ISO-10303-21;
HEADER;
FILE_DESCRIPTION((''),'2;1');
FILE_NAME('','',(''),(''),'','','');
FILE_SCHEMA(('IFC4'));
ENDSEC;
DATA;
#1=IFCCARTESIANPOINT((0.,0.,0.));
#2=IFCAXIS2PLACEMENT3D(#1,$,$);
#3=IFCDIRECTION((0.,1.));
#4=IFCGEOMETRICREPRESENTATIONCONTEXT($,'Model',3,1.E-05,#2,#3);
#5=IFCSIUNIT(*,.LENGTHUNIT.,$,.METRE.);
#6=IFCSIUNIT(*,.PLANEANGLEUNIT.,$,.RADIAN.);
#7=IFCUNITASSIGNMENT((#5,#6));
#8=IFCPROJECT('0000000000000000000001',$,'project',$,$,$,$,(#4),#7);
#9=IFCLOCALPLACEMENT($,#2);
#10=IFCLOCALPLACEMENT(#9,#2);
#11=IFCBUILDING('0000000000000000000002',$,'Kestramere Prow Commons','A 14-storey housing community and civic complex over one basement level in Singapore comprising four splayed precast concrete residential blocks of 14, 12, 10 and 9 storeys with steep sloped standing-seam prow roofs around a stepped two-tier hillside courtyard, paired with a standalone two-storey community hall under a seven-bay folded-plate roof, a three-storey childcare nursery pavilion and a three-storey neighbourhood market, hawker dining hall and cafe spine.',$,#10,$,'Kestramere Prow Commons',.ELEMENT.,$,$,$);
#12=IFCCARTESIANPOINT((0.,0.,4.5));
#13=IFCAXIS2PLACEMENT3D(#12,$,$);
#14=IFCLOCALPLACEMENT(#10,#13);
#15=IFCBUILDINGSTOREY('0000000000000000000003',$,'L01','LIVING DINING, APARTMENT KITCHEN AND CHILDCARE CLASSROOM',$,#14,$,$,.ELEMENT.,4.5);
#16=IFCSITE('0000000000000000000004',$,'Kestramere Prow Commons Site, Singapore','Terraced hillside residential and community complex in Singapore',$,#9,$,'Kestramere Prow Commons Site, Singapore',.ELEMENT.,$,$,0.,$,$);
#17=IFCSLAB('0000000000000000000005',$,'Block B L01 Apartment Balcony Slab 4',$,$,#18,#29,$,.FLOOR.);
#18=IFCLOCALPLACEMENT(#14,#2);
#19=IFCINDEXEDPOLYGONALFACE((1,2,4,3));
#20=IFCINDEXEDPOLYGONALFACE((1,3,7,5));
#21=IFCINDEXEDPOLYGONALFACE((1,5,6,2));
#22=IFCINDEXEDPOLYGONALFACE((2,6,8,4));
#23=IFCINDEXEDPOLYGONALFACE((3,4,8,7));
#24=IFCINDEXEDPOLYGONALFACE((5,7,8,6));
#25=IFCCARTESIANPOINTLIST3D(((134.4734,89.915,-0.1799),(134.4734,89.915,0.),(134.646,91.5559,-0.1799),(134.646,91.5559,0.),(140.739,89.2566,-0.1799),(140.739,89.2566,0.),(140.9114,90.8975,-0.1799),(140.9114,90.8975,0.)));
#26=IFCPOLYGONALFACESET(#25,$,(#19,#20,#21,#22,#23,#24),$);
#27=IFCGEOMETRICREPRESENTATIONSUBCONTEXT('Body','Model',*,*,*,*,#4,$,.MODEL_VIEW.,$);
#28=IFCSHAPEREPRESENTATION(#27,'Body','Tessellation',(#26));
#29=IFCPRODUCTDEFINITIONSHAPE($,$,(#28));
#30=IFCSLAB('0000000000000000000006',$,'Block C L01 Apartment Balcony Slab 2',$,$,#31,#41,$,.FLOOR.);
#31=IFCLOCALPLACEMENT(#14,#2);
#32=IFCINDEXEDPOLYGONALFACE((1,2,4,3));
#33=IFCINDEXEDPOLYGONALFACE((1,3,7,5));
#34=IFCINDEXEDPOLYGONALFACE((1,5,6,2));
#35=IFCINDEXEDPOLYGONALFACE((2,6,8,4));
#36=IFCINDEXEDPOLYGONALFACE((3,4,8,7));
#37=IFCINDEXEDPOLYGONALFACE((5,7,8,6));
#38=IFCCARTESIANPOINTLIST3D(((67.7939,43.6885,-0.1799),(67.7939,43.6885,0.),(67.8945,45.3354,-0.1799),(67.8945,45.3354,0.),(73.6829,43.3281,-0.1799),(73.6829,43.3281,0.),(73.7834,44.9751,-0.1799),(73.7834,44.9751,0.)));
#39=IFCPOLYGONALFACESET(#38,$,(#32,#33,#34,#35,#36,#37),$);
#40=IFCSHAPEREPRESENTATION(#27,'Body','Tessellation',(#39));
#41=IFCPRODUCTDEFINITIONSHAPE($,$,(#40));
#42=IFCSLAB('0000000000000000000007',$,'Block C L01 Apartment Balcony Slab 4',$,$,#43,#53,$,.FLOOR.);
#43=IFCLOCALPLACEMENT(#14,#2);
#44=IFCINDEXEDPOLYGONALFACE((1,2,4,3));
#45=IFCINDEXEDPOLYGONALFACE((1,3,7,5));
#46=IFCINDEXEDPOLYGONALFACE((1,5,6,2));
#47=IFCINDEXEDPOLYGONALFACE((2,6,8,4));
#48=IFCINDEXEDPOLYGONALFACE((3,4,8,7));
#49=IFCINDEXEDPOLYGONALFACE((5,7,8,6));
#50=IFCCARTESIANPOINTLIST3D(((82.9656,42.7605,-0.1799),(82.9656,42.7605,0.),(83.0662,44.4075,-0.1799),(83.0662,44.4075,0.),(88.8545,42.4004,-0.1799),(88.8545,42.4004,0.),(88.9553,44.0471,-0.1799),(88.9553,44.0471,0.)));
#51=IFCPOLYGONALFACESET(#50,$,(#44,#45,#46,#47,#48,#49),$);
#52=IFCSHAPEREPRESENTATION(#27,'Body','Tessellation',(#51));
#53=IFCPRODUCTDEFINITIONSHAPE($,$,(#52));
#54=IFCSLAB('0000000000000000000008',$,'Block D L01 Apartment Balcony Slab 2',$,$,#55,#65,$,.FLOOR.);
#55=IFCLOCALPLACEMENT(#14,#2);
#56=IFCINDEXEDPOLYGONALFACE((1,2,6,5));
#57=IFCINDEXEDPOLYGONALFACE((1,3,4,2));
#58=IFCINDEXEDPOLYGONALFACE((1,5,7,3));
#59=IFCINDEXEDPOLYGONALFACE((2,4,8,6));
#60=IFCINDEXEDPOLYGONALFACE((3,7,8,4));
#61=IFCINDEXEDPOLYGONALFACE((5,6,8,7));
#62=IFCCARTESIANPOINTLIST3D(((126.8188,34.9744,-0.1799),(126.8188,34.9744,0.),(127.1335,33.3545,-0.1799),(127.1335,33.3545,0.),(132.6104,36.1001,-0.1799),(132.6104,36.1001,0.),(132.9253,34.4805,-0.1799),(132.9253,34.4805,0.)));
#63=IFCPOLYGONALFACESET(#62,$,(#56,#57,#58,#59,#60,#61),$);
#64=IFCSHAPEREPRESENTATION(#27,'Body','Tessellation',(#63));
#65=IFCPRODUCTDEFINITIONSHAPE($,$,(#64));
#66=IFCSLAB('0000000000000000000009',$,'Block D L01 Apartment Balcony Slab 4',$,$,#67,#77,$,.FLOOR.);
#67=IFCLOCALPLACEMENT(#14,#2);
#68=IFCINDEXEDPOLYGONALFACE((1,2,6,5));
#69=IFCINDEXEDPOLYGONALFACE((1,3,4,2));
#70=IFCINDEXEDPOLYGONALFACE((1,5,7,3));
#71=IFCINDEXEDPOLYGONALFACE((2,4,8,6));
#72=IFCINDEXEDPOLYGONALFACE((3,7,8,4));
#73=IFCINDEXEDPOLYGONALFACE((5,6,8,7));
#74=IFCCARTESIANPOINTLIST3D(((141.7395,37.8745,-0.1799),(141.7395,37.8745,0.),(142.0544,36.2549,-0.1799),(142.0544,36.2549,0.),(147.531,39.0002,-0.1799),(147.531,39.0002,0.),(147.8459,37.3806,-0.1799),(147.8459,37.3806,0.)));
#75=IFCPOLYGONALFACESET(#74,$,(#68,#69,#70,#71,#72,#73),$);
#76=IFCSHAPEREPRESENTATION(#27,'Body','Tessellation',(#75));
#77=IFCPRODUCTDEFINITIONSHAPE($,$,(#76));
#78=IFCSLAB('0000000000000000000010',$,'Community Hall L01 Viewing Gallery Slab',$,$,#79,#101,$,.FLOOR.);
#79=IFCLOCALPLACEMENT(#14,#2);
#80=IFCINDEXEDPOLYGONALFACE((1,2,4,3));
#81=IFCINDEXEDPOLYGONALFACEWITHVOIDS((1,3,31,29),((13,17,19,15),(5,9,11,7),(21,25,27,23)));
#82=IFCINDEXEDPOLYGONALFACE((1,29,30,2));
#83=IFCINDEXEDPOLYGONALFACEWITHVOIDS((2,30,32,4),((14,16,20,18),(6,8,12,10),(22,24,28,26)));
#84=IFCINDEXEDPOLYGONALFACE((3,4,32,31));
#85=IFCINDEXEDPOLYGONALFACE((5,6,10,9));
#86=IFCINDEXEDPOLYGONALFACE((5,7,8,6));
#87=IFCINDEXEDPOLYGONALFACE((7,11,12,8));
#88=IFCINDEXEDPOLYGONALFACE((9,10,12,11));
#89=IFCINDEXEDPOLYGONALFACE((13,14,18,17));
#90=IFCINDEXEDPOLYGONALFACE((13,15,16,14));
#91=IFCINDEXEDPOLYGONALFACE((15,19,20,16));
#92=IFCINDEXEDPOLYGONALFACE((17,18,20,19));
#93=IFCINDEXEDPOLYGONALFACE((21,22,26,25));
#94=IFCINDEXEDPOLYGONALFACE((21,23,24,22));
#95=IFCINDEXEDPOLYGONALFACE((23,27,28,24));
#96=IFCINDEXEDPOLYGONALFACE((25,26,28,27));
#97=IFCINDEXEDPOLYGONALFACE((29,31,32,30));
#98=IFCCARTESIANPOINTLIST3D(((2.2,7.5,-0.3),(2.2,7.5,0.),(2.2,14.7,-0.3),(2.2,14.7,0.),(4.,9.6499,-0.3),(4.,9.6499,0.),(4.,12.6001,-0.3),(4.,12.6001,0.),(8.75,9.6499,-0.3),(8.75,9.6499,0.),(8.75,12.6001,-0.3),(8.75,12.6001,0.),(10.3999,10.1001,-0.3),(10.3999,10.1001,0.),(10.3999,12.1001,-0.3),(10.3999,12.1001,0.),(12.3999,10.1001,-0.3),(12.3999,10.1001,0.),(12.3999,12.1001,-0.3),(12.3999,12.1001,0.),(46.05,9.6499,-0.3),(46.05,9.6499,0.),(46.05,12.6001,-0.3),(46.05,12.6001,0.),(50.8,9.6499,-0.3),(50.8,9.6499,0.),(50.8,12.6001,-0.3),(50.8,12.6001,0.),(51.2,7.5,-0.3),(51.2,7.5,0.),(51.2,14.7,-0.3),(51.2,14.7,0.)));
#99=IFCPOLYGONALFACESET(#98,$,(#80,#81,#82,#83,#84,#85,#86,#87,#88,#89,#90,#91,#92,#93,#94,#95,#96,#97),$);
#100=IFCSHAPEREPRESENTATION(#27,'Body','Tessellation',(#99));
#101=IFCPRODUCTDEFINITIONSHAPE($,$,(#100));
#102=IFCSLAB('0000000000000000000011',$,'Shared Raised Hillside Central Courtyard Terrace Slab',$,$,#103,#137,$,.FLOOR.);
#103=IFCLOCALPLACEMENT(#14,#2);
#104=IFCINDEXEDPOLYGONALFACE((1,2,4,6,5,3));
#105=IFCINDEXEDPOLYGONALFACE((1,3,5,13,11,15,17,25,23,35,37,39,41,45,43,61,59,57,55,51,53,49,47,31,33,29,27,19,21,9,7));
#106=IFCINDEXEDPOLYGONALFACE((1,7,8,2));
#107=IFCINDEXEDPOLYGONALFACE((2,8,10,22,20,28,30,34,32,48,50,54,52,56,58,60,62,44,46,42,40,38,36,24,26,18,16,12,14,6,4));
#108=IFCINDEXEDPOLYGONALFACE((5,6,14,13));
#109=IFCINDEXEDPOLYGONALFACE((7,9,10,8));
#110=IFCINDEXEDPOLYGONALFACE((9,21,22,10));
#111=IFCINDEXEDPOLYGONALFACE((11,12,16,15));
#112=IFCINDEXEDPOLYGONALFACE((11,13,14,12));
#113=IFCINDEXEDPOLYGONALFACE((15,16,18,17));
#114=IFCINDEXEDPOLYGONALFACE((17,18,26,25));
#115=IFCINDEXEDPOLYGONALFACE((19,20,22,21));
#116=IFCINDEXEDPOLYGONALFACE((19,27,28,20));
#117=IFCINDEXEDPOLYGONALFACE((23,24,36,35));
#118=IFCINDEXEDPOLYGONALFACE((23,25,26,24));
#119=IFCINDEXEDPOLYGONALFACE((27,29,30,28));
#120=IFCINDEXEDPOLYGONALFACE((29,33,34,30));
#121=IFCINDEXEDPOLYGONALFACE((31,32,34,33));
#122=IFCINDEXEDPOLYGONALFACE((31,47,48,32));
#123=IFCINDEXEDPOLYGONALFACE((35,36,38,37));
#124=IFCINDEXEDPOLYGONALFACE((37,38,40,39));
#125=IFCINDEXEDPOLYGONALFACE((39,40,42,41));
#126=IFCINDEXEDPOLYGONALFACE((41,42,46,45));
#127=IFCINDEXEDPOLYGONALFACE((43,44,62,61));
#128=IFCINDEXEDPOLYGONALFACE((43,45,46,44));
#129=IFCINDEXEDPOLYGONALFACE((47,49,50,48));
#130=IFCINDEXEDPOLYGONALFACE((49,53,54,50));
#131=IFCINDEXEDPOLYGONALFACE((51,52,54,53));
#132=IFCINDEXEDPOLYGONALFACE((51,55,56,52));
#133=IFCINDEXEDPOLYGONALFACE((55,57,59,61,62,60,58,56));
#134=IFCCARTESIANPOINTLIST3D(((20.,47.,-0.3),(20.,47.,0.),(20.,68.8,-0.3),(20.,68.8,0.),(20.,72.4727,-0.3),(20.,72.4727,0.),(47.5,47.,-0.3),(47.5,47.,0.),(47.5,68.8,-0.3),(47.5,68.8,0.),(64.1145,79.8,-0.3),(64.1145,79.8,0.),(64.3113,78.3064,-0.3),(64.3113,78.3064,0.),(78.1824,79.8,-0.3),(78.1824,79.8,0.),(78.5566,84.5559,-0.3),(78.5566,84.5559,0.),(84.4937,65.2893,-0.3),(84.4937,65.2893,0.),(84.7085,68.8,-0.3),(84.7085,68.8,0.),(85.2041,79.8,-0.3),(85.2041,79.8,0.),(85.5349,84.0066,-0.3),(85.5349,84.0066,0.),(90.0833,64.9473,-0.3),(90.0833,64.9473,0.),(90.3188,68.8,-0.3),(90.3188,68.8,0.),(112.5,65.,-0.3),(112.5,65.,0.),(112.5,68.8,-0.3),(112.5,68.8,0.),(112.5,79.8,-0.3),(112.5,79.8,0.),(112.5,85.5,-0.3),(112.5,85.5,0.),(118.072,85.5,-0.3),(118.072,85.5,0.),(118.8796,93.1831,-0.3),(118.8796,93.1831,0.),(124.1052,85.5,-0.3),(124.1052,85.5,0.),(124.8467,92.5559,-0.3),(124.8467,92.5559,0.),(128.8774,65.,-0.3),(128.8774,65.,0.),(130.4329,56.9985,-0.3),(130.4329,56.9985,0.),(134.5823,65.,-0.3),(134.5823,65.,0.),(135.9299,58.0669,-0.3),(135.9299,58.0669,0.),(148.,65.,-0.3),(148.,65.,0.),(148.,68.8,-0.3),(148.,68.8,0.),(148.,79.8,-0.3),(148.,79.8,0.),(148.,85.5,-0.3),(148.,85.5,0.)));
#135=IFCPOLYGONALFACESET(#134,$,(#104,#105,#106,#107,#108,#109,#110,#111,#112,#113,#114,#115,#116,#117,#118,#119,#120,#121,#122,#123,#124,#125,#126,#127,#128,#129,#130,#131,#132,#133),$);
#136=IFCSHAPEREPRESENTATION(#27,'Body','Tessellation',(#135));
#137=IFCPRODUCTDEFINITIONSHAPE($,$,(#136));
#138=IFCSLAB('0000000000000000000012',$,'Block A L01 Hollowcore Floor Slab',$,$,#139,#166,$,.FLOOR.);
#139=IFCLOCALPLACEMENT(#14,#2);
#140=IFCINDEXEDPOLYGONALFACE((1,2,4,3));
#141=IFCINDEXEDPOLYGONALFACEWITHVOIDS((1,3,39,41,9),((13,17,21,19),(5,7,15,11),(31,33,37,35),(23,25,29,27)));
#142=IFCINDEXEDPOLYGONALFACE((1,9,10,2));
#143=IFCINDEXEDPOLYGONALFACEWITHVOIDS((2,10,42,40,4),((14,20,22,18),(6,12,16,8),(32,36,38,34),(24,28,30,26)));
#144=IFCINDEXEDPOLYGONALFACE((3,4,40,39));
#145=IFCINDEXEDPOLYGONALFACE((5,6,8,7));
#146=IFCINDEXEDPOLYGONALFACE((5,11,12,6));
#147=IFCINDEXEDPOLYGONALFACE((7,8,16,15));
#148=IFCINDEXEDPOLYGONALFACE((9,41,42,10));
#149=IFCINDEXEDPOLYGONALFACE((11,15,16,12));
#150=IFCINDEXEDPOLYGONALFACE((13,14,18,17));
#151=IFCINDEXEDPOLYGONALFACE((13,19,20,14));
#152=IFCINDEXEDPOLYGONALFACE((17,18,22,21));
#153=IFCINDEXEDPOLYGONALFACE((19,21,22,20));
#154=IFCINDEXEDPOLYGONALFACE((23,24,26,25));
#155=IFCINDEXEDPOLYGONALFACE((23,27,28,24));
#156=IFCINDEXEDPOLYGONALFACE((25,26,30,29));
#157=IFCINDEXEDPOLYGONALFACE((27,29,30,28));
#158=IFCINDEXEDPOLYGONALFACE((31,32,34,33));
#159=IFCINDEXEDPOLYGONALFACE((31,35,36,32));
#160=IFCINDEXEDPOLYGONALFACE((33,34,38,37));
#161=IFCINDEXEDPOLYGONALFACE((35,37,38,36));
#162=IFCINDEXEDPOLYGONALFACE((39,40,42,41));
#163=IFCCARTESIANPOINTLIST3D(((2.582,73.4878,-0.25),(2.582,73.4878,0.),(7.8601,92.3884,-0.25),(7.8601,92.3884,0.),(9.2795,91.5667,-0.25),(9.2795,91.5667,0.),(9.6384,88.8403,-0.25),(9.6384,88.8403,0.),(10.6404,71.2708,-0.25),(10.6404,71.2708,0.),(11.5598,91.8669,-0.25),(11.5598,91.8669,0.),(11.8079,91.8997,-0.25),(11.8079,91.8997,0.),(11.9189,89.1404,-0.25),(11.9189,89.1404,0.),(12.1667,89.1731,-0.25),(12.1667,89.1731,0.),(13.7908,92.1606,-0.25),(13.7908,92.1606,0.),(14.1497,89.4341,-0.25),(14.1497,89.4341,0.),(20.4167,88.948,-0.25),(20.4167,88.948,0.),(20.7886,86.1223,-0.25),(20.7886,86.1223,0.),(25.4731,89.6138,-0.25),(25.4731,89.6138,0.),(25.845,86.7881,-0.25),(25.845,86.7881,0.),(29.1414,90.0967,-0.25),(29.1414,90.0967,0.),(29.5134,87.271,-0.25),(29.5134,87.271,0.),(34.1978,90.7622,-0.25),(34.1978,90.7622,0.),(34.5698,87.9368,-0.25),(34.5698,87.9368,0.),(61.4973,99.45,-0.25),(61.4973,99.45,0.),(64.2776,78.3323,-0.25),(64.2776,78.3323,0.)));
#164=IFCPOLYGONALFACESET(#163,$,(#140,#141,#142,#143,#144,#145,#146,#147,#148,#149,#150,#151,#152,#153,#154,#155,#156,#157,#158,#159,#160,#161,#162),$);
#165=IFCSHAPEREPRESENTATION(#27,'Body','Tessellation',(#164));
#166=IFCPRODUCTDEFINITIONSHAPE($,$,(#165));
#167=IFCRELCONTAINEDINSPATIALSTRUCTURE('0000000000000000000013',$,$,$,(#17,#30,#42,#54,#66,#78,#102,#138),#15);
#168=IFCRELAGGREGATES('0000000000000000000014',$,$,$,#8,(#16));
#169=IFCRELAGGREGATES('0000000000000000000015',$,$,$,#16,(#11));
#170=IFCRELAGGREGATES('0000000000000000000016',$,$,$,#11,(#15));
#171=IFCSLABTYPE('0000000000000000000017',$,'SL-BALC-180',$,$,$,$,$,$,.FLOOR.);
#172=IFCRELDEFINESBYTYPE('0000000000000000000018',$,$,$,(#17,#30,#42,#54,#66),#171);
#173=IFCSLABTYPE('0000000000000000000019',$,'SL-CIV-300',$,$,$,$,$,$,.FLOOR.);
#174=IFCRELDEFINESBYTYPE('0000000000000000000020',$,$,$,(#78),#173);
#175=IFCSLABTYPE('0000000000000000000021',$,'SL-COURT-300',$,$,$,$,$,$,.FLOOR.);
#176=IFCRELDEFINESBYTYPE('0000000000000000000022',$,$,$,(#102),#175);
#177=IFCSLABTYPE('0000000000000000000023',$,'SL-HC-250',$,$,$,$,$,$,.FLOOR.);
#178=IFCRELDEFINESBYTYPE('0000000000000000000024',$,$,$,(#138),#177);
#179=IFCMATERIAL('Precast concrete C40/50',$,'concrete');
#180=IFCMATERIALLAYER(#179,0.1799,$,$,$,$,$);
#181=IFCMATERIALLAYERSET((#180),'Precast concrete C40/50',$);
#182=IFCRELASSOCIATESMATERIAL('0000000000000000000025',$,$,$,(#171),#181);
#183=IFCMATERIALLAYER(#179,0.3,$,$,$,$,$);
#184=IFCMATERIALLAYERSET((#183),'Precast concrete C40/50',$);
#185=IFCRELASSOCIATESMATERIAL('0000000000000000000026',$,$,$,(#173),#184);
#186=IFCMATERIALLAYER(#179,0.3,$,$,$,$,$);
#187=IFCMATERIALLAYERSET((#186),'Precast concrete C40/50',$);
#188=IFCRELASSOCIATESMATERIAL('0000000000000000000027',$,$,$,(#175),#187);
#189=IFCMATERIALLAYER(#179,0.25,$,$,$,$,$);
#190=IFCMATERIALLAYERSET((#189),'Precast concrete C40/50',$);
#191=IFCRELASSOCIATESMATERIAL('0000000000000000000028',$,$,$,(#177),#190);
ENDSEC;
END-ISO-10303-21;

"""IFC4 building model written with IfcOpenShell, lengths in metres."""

from ifc_helpers import new_model, si_unit, direction, frame, origin, place, context, subcontext, project, spatial, polyline, outline, extrude, material, layer, layer_set, type_object, element, save


model = new_model("IFC4")

# Units and contexts
model_context = context("Model", 3, precision=1e-05, world=origin(), true_north=direction((0.0, 1.0)))
body_context = subcontext(model_context, "Body", "Model", "MODEL_VIEW")
ifc_project = project(units=[si_unit("LENGTHUNIT", "METRE"), si_unit("PLANEANGLEUNIT", "RADIAN")], contexts=[model_context])

# Site, building, storey
site_placement = place(None, origin())
site = spatial("IfcSite", under=ifc_project, at=site_placement, Name="Kestramere Prow Commons Site, Singapore", Description="Terraced hillside residential and community complex in Singapore", LongName="Kestramere Prow Commons Site, Singapore", CompositionType="ELEMENT", RefElevation=0.0)
building_placement = place(site_placement, origin())
building = spatial("IfcBuilding", under=site, at=building_placement, Name="Kestramere Prow Commons", Description="A 14-storey housing community and civic complex over one basement level in Singapore comprising four splayed precast concrete residential blocks of 14, 12, 10 and 9 storeys with steep sloped standing-seam prow roofs around a stepped two-tier hillside courtyard, paired with a standalone two-storey community hall under a seven-bay folded-plate roof, a three-storey childcare nursery pavilion and a three-storey neighbourhood market, hawker dining hall and cafe spine.", LongName="Kestramere Prow Commons", CompositionType="ELEMENT")
storey_placement = place(building_placement, frame((0.0, 0.0, 4.5)))
storey = spatial("IfcBuildingStorey", under=building, at=storey_placement, Name="L01", Description="LIVING DINING, APARTMENT KITCHEN AND CHILDCARE CLASSROOM", CompositionType="ELEMENT", Elevation=4.5)

# Slabs
ifc_material_1 = material(Name="Precast concrete C40/50", Category="concrete")
ifc_layer_1 = layer(ifc_material_1, 0.1799)
ifc_layer_set_1 = layer_set([ifc_layer_1], Name="Precast concrete C40/50")
slab_type_1 = type_object("IfcSlabType", Name="SL-BALC-180", PredefinedType="FLOOR", material=ifc_layer_set_1)
slab_1_placement = place(storey_placement, frame((0.0, 0.0, -0.1799)))
element("IfcSlab", 1, at=slab_1_placement, inside=storey, type_object=slab_type_1, Name="Block B L01 Apartment Balcony Slab 4", PredefinedType="FLOOR", context=body_context, shape_type="SweptSolid", body=[
    extrude(outline(polyline([(134.4734, 89.915), (140.739, 89.2566), (140.9114, 90.8975), (134.646, 91.5559), (134.4734, 89.915)])), origin(), (0.0, 0.0, 1.0), 0.1799),
])
slab_2_placement = place(storey_placement, frame((0.0, 0.0, -0.1799)))
element("IfcSlab", 2, at=slab_2_placement, inside=storey, type_object=slab_type_1, Name="Block C L01 Apartment Balcony Slab 2", PredefinedType="FLOOR", context=body_context, shape_type="SweptSolid", body=[
    extrude(outline(polyline([(67.7939, 43.6885), (73.6829, 43.3281), (73.7834, 44.9751), (67.8945, 45.3354), (67.7939, 43.6885)])), origin(), (0.0, 0.0, 1.0), 0.1799),
])
slab_3_placement = place(storey_placement, frame((0.0, 0.0, -0.1799)))
element("IfcSlab", 3, at=slab_3_placement, inside=storey, type_object=slab_type_1, Name="Block C L01 Apartment Balcony Slab 4", PredefinedType="FLOOR", context=body_context, shape_type="SweptSolid", body=[
    extrude(outline(polyline([(82.9656, 42.7605), (88.8545, 42.4004), (88.9553, 44.0471), (83.0662, 44.4075), (82.9656, 42.7605)])), origin(), (0.0, 0.0, 1.0), 0.1799),
])
slab_4_placement = place(storey_placement, frame((0.0, 0.0, -0.1799)))
element("IfcSlab", 4, at=slab_4_placement, inside=storey, type_object=slab_type_1, Name="Block D L01 Apartment Balcony Slab 2", PredefinedType="FLOOR", context=body_context, shape_type="SweptSolid", body=[
    extrude(outline(polyline([(127.1335, 33.3545), (132.9253, 34.4805), (132.6104, 36.1001), (126.8188, 34.9744), (127.1335, 33.3545)])), origin(), (0.0, 0.0, 1.0), 0.1799),
])
slab_5_placement = place(storey_placement, frame((0.0, 0.0, -0.1799)))
element("IfcSlab", 5, at=slab_5_placement, inside=storey, type_object=slab_type_1, Name="Block D L01 Apartment Balcony Slab 4", PredefinedType="FLOOR", context=body_context, shape_type="SweptSolid", body=[
    extrude(outline(polyline([(142.0544, 36.2549), (147.8459, 37.3806), (147.531, 39.0002), (141.7395, 37.8745), (142.0544, 36.2549)])), origin(), (0.0, 0.0, 1.0), 0.1799),
])
ifc_layer_2 = layer(ifc_material_1, 0.3)
ifc_layer_set_2 = layer_set([ifc_layer_2], Name="Precast concrete C40/50")
slab_type_2 = type_object("IfcSlabType", Name="SL-CIV-300", PredefinedType="FLOOR", material=ifc_layer_set_2)
slab_6_placement = place(storey_placement, frame((0.0, 0.0, -0.3)))
element("IfcSlab", 6, at=slab_6_placement, inside=storey, type_object=slab_type_2, Name="Community Hall L01 Viewing Gallery Slab", PredefinedType="FLOOR", context=body_context, shape_type="SweptSolid", body=[
    extrude(outline(polyline([(2.2, 7.5), (51.2, 7.5), (51.2, 14.7), (2.2, 14.7), (2.2, 7.5)]), holes=[polyline([(10.3999, 10.1001), (12.3999, 10.1001), (12.3999, 12.1001), (10.3999, 12.1001), (10.3999, 10.1001)]), polyline([(4.0, 9.6499), (8.75, 9.6499), (8.75, 12.6001), (4.0, 12.6001), (4.0, 9.6499)]), polyline([(46.05, 9.6499), (50.8, 9.6499), (50.8, 12.6001), (46.05, 12.6001), (46.05, 9.6499)])]), origin(), (0.0, 0.0, 1.0), 0.3),
])
ifc_layer_3 = layer(ifc_material_1, 0.3)
ifc_layer_set_3 = layer_set([ifc_layer_3], Name="Precast concrete C40/50")
slab_type_3 = type_object("IfcSlabType", Name="SL-COURT-300", PredefinedType="FLOOR", material=ifc_layer_set_3)
slab_7_placement = place(storey_placement, frame((0.0, 0.0, -0.3)))
element("IfcSlab", 7, at=slab_7_placement, inside=storey, type_object=slab_type_3, Name="Shared Raised Hillside Central Courtyard Terrace Slab", PredefinedType="FLOOR", context=body_context, shape_type="SweptSolid", body=[
    extrude(outline(polyline([(128.8774, 65.0), (112.5, 65.0), (112.5, 68.8), (90.3188, 68.8), (90.0833, 64.9473), (84.4937, 65.2893), (84.7085, 68.8), (47.5, 68.8), (47.5, 47.0), (20.0, 47.0), (20.0, 68.8), (20.0, 72.4727), (64.3113, 78.3064), (64.1145, 79.8), (78.1824, 79.8), (78.5566, 84.5559), (85.5349, 84.0066), (85.2041, 79.8), (112.5, 79.8), (112.5, 85.5), (118.072, 85.5), (118.8796, 93.1831), (124.8467, 92.5559), (124.1052, 85.5), (148.0, 85.5), (148.0, 79.8), (148.0, 68.8), (148.0, 65.0), (134.5823, 65.0), (135.9299, 58.0669), (130.4329, 56.9985), (128.8774, 65.0)])), origin(), (0.0, 0.0, 1.0), 0.3),
])
ifc_layer_4 = layer(ifc_material_1, 0.25)
ifc_layer_set_4 = layer_set([ifc_layer_4], Name="Precast concrete C40/50")
slab_type_4 = type_object("IfcSlabType", Name="SL-HC-250", PredefinedType="FLOOR", material=ifc_layer_set_4)
slab_8_placement = place(storey_placement, frame((0.0, 0.0, -0.25)))
element("IfcSlab", 8, at=slab_8_placement, inside=storey, type_object=slab_type_4, Name="Block A L01 Hollowcore Floor Slab", PredefinedType="FLOOR", context=body_context, shape_type="SweptSolid", body=[
    extrude(outline(polyline([(2.582, 73.4878), (10.6404, 71.2708), (64.2776, 78.3323), (61.4973, 99.45), (7.8601, 92.3884), (2.582, 73.4878)]), holes=[polyline([(9.6384, 88.8403), (11.9189, 89.1404), (11.5598, 91.8669), (9.2795, 91.5667), (9.6384, 88.8403)]), polyline([(12.1667, 89.1731), (14.1497, 89.4341), (13.7908, 92.1606), (11.8079, 91.8997), (12.1667, 89.1731)]), polyline([(20.7886, 86.1223), (25.845, 86.7881), (25.4731, 89.6138), (20.4167, 88.948), (20.7886, 86.1223)]), polyline([(29.5134, 87.271), (34.5698, 87.9368), (34.1978, 90.7622), (29.1414, 90.0967), (29.5134, 87.271)])]), origin(), (0.0, 0.0, 1.0), 0.25),
])

save(model, "model.ifc")
